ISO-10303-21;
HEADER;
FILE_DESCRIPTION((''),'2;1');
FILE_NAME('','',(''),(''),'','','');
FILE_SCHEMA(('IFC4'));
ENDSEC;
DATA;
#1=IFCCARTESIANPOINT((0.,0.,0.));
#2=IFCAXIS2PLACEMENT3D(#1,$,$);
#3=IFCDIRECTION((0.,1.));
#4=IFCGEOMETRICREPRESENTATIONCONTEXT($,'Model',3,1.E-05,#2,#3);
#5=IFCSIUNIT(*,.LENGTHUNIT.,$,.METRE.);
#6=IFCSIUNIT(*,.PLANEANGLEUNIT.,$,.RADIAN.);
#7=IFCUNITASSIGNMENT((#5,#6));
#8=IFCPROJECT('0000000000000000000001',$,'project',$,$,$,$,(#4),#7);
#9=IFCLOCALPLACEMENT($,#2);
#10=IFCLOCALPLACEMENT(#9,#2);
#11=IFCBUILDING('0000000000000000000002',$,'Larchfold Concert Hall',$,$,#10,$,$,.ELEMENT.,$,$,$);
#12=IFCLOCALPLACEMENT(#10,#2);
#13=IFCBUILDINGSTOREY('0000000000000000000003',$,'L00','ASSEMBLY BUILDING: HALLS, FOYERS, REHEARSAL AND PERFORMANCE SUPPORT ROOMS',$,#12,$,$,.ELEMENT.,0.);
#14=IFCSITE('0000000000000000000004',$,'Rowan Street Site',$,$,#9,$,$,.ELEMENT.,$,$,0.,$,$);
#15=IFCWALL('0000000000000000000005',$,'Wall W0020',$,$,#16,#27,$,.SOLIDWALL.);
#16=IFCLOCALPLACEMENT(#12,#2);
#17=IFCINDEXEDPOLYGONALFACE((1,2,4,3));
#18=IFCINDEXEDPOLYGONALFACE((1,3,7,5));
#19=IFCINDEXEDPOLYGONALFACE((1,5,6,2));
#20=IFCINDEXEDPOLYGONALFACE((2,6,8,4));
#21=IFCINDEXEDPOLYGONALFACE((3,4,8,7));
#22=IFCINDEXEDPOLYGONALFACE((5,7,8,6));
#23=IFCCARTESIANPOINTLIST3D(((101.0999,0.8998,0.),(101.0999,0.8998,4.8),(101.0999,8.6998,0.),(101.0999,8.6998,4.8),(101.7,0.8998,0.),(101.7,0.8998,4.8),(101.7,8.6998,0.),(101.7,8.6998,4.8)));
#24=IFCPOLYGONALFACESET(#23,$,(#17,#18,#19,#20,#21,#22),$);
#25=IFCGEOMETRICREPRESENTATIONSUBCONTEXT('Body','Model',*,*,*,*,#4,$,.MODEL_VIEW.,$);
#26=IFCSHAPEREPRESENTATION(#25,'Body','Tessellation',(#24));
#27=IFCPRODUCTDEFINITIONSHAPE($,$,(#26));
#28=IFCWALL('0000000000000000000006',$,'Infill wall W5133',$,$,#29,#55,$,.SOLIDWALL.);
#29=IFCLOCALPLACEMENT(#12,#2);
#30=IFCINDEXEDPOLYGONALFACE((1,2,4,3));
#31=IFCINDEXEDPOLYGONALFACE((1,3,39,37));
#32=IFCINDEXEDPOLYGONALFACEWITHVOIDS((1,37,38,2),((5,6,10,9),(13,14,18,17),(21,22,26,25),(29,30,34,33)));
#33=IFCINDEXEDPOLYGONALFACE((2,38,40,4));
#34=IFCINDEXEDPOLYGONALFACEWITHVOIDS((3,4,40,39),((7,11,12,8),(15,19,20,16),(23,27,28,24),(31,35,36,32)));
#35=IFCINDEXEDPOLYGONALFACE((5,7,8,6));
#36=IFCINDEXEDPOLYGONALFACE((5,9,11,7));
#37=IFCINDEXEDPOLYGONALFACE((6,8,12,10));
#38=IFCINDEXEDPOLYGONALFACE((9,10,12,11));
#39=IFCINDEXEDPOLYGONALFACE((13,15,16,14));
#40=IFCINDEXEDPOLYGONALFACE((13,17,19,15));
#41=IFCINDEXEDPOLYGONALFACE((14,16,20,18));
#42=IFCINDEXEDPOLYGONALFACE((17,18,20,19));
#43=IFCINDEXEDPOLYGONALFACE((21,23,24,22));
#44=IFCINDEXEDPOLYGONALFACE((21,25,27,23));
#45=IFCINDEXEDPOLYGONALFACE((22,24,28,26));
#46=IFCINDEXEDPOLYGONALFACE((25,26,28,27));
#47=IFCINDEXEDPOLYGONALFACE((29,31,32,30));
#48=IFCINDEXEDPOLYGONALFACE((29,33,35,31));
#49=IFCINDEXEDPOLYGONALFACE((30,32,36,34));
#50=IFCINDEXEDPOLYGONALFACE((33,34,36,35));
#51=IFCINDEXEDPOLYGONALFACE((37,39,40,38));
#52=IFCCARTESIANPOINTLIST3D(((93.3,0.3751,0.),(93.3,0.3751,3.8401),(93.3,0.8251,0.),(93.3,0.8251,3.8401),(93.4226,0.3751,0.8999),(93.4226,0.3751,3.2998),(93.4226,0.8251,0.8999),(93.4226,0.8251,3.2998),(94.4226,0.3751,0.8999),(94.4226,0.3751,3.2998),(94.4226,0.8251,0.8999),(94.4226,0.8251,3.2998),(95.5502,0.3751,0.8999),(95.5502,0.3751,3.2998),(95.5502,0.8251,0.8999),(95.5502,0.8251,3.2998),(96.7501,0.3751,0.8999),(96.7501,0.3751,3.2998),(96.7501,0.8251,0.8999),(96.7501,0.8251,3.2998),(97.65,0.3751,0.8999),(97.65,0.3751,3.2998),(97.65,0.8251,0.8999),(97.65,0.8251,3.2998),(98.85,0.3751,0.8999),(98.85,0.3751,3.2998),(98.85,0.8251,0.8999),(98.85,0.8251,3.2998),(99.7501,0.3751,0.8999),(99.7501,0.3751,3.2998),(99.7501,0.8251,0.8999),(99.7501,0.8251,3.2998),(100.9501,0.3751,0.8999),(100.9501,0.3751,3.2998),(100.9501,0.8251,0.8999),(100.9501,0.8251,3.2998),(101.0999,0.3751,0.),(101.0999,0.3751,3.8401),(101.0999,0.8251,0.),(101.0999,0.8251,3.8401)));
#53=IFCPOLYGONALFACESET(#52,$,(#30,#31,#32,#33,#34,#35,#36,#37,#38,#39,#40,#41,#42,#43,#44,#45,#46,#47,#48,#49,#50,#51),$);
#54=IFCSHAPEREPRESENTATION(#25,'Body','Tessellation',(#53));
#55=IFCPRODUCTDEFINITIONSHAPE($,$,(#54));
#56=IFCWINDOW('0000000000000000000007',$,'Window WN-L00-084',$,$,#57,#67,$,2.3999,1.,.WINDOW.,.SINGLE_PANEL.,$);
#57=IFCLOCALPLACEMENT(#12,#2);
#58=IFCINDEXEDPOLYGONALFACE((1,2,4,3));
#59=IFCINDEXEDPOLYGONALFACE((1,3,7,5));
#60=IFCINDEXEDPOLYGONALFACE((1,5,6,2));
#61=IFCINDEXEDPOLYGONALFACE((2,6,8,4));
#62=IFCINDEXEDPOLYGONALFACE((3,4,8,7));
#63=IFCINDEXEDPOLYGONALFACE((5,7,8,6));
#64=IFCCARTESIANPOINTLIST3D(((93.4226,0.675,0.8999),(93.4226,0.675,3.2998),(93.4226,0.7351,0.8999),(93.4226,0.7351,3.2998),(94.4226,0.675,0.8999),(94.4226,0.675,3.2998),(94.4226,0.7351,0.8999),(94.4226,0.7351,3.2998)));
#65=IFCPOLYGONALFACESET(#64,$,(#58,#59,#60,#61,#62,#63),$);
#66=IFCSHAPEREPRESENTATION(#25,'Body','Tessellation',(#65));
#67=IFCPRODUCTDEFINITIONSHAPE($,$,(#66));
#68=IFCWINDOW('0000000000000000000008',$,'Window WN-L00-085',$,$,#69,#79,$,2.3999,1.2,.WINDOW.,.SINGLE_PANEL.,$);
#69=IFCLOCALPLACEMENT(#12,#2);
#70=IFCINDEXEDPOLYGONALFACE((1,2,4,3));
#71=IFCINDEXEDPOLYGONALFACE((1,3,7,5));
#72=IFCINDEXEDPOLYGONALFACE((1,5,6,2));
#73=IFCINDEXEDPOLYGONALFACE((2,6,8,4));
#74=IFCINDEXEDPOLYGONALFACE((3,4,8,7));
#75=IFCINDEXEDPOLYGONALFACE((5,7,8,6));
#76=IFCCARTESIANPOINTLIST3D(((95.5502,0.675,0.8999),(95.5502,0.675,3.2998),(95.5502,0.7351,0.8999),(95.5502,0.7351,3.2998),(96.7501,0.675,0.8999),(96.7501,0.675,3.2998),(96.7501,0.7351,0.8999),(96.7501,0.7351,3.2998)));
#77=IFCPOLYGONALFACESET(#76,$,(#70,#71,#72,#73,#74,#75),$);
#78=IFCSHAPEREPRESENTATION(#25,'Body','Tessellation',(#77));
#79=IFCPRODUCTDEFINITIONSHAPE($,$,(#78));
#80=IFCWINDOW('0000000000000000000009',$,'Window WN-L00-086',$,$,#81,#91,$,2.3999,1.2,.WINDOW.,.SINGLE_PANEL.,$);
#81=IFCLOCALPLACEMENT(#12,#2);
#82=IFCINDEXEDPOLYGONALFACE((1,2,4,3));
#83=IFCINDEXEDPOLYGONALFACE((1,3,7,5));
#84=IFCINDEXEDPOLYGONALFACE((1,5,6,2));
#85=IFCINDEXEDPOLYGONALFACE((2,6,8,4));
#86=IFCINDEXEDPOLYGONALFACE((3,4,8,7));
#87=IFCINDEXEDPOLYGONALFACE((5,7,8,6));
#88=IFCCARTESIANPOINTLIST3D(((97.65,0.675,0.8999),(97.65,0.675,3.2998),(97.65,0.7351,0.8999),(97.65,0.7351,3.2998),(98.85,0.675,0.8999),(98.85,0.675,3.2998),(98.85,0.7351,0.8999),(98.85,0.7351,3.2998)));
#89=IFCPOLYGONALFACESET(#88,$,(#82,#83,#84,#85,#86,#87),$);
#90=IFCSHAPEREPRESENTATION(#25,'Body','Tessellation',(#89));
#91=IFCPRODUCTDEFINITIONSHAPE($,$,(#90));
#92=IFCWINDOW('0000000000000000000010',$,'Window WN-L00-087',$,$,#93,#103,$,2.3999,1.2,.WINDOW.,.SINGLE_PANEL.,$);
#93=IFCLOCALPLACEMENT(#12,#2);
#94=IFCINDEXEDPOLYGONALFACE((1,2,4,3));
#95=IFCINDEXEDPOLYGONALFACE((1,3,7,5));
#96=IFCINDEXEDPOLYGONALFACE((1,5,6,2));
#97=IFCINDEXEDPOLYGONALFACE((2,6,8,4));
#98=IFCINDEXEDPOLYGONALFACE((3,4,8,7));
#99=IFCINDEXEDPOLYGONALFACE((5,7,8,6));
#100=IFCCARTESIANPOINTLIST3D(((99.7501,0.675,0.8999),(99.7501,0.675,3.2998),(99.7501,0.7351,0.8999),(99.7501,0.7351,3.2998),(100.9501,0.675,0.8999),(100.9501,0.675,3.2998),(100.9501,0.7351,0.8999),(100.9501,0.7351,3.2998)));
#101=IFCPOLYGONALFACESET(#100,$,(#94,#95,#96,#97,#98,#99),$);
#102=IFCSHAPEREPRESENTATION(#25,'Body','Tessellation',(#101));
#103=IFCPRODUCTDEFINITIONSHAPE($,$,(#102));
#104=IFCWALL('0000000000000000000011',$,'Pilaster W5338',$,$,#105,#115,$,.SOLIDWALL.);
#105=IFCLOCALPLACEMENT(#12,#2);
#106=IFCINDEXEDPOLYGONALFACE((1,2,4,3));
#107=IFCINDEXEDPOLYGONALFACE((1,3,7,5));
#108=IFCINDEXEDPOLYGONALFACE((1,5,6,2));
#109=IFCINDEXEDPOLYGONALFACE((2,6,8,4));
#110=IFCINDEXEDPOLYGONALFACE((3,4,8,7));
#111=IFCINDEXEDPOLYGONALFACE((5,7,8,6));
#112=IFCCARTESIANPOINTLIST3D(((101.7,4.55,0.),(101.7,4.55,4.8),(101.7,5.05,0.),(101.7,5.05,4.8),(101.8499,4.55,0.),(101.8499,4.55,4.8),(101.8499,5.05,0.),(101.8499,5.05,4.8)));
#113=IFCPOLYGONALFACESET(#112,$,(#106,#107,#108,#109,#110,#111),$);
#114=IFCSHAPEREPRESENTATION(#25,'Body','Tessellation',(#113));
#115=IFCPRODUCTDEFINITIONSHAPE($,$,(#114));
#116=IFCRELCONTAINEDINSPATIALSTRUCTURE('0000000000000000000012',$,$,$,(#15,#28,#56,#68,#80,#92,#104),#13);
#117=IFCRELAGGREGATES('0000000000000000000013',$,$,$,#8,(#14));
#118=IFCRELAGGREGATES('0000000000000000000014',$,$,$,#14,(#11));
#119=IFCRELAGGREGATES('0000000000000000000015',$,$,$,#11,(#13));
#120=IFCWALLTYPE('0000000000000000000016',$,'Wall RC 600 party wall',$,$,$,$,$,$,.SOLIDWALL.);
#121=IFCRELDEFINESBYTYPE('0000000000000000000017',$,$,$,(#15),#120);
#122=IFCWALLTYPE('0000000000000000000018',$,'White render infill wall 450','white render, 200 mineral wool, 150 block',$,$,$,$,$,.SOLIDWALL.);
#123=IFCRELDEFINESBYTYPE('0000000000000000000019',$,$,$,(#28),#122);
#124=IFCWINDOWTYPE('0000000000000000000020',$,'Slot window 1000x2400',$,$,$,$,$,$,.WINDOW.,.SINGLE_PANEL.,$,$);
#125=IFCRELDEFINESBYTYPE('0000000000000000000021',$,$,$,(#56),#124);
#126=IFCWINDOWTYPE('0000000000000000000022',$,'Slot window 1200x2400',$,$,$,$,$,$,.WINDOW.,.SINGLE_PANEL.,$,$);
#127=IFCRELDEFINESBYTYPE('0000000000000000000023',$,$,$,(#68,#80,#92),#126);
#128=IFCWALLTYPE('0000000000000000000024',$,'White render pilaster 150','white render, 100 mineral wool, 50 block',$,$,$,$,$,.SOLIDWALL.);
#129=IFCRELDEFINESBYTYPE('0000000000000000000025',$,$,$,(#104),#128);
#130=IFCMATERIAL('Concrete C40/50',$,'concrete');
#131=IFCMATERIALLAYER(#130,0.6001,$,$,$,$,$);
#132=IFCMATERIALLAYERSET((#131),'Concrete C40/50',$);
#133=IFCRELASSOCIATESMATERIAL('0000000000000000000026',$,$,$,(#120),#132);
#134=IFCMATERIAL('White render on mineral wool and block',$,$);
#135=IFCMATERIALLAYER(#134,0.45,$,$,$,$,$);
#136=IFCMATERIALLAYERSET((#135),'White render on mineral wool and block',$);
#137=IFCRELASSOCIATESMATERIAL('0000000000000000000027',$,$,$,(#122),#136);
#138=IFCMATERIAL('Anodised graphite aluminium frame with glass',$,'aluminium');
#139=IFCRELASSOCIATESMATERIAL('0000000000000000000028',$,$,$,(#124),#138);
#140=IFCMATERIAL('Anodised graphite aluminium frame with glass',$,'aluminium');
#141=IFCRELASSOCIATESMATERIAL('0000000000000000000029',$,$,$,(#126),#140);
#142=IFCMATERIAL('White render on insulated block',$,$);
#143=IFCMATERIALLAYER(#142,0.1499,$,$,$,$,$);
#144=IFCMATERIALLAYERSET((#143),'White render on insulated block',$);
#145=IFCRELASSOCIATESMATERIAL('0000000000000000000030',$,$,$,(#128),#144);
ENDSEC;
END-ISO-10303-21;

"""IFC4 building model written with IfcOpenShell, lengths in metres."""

from ifc_helpers import new_model, si_unit, direction, frame, frame_2d, origin, place, context, subcontext, project, spatial, rectangle, extrude, material, layer, layer_set, type_object, element, fill, save


model = new_model("IFC4")

# Units and contexts
model_context = context("Model", 3, precision=1e-05, world=origin(), true_north=direction((0.0, 1.0)))
body_context = subcontext(model_context, "Body", "Model", "MODEL_VIEW")
ifc_project = project(units=[si_unit("LENGTHUNIT", "METRE"), si_unit("PLANEANGLEUNIT", "RADIAN")], contexts=[model_context])

# Site, building, storey
site_placement = place(None, origin())
site = spatial("IfcSite", under=ifc_project, at=site_placement, Name="Rowan Street Site", CompositionType="ELEMENT", RefElevation=0.0)
building_placement = place(site_placement, origin())
building = spatial("IfcBuilding", under=site, at=building_placement, Name="Larchfold Concert Hall", CompositionType="ELEMENT")
storey_placement = place(building_placement, origin())
storey = spatial("IfcBuildingStorey", under=building, at=storey_placement, Name="L00", Description="ASSEMBLY BUILDING: HALLS, FOYERS, REHEARSAL AND PERFORMANCE SUPPORT ROOMS", CompositionType="ELEMENT", Elevation=0.0)

# Wall
ifc_material_1 = material(Name="Concrete C40/50", Category="concrete")
ifc_layer_1 = layer(ifc_material_1, 0.6001)
ifc_layer_set_1 = layer_set([ifc_layer_1], Name="Concrete C40/50")
wall_type_1 = type_object("IfcWallType", Name="Wall RC 600 party wall", PredefinedType="SOLIDWALL", material=ifc_layer_set_1)
wall_1_placement = place(storey_placement, frame((101.3999, 0.8999, 0.0), z_axis=(0.0, 0.0, 1.0), x_axis=(0.0, 1.0, 0.0)))
element("IfcWall", 1, at=wall_1_placement, inside=storey, type_object=wall_type_1, Name="Wall W0020", PredefinedType="SOLIDWALL", context=body_context, shape_type="SweptSolid", body=[
    extrude(rectangle(XDim=7.8, YDim=0.6001, at=frame_2d((3.8999, 0.0))), origin(), (0.0, 0.0, 1.0), 4.8),
])

# Wall, openings, windows
ifc_material_2 = material(Name="White render on mineral wool and block")
ifc_layer_2 = layer(ifc_material_2, 0.45)
ifc_layer_set_2 = layer_set([ifc_layer_2], Name="White render on mineral wool and block")
wall_type_2 = type_object("IfcWallType", Name="White render infill wall 450", Description="white render, 200 mineral wool, 150 block", PredefinedType="SOLIDWALL", material=ifc_layer_set_2)
wall_2_placement = place(storey_placement, frame((93.3, 0.6001, 0.0), z_axis=(0.0, 0.0, 1.0), x_axis=(1.0, 0.0, 0.0)))
wall_2 = element("IfcWall", 2, at=wall_2_placement, inside=storey, type_object=wall_type_2, Name="Infill wall W5133", PredefinedType="SOLIDWALL", context=body_context, shape_type="SweptSolid", body=[
    extrude(rectangle(XDim=7.7998, YDim=0.45, at=frame_2d((3.8999, 0.0))), origin(), (0.0, 0.0, 1.0), 3.8401),
])
opening_1_placement = place(wall_2_placement, frame((0.1226, 0.0, 0.8999)))
opening_1 = element("IfcOpeningElement", 3, at=opening_1_placement, cuts=wall_2, PredefinedType="OPENING", context=body_context, shape_type="SweptSolid", body=[
    extrude(rectangle(XDim=1.0, YDim=2.3999, at=frame_2d((0.5, 1.2))), frame((0.0, 0.2349, 0.0), z_axis=(0.0, -1.0, 0.0), x_axis=(1.0, 0.0, 0.0)), (0.0, 0.0, 1.0), 0.47),
])
opening_2_placement = place(wall_2_placement, frame((2.25, 0.0, 0.8999)))
opening_2 = element("IfcOpeningElement", 4, at=opening_2_placement, cuts=wall_2, PredefinedType="OPENING", context=body_context, shape_type="SweptSolid", body=[
    extrude(rectangle(XDim=1.2, YDim=2.3999, at=frame_2d((0.6001, 1.2))), frame((0.0, 0.2349, 0.0), z_axis=(0.0, -1.0, 0.0), x_axis=(1.0, 0.0, 0.0)), (0.0, 0.0, 1.0), 0.47),
])
opening_3_placement = place(wall_2_placement, frame((4.3499, 0.0, 0.8999)))
opening_3 = element("IfcOpeningElement", 5, at=opening_3_placement, cuts=wall_2, PredefinedType="OPENING", context=body_context, shape_type="SweptSolid", body=[
    extrude(rectangle(XDim=1.2, YDim=2.3999, at=frame_2d((0.6001, 1.2))), frame((0.0, 0.2349, 0.0), z_axis=(0.0, -1.0, 0.0), x_axis=(1.0, 0.0, 0.0)), (0.0, 0.0, 1.0), 0.47),
])
opening_4_placement = place(wall_2_placement, frame((6.45, 0.0, 0.8999)))
opening_4 = element("IfcOpeningElement", 6, at=opening_4_placement, cuts=wall_2, PredefinedType="OPENING", context=body_context, shape_type="SweptSolid", body=[
    extrude(rectangle(XDim=1.2, YDim=2.3999, at=frame_2d((0.6001, 1.2))), frame((0.0, 0.2349, 0.0), z_axis=(0.0, -1.0, 0.0), x_axis=(1.0, 0.0, 0.0)), (0.0, 0.0, 1.0), 0.47),
])
ifc_material_3 = material(Name="Anodised graphite aluminium frame with glass", Category="aluminium")
window_type_1 = type_object("IfcWindowType", Name="Slot window 1000x2400", PartitioningType="SINGLE_PANEL", PredefinedType="WINDOW", material=ifc_material_3)
window_1_placement = place(opening_1_placement, origin())
window_1 = element("IfcWindow", 7, at=window_1_placement, inside=storey, type_object=window_type_1, Name="Window WN-L00-084", OverallHeight=2.3999, OverallWidth=1.0, PartitioningType="SINGLE_PANEL", PredefinedType="WINDOW", context=body_context, shape_type="SweptSolid", body=[
    extrude(rectangle(XDim=1.0, YDim=2.3999, at=frame_2d((0.5, 1.2))), frame((0.0, 0.135, 0.0), z_axis=(0.0, -1.0, 0.0), x_axis=(1.0, 0.0, 0.0)), (0.0, 0.0, 1.0), 0.0601),
])
fill(opening_1, window_1)
ifc_material_4 = material(Name="Anodised graphite aluminium frame with glass", Category="aluminium")
window_type_2 = type_object("IfcWindowType", Name="Slot window 1200x2400", PartitioningType="SINGLE_PANEL", PredefinedType="WINDOW", material=ifc_material_4)
window_2_placement = place(opening_2_placement, origin())
window_2 = element("IfcWindow", 8, at=window_2_placement, inside=storey, type_object=window_type_2, Name="Window WN-L00-085", OverallHeight=2.3999, OverallWidth=1.2, PartitioningType="SINGLE_PANEL", PredefinedType="WINDOW", context=body_context, shape_type="SweptSolid", body=[
    extrude(rectangle(XDim=1.2, YDim=2.3999, at=frame_2d((0.6001, 1.2))), frame((0.0, 0.135, 0.0), z_axis=(0.0, -1.0, 0.0), x_axis=(1.0, 0.0, 0.0)), (0.0, 0.0, 1.0), 0.0601),
])
fill(opening_2, window_2)
window_3_placement = place(opening_3_placement, origin())
window_3 = element("IfcWindow", 9, at=window_3_placement, inside=storey, type_object=window_type_2, Name="Window WN-L00-086", OverallHeight=2.3999, OverallWidth=1.2, PartitioningType="SINGLE_PANEL", PredefinedType="WINDOW", context=body_context, shape_type="SweptSolid", body=[
    extrude(rectangle(XDim=1.2, YDim=2.3999, at=frame_2d((0.6001, 1.2))), frame((0.0, 0.135, 0.0), z_axis=(0.0, -1.0, 0.0), x_axis=(1.0, 0.0, 0.0)), (0.0, 0.0, 1.0), 0.0601),
])
fill(opening_3, window_3)
window_4_placement = place(opening_4_placement, origin())
window_4 = element("IfcWindow", 10, at=window_4_placement, inside=storey, type_object=window_type_2, Name="Window WN-L00-087", OverallHeight=2.3999, OverallWidth=1.2, PartitioningType="SINGLE_PANEL", PredefinedType="WINDOW", context=body_context, shape_type="SweptSolid", body=[
    extrude(rectangle(XDim=1.2, YDim=2.3999, at=frame_2d((0.6001, 1.2))), frame((0.0, 0.135, 0.0), z_axis=(0.0, -1.0, 0.0), x_axis=(1.0, 0.0, 0.0)), (0.0, 0.0, 1.0), 0.0601),
])
fill(opening_4, window_4)

# Wall
ifc_material_5 = material(Name="White render on insulated block")
ifc_layer_3 = layer(ifc_material_5, 0.1499)
ifc_layer_set_3 = layer_set([ifc_layer_3], Name="White render on insulated block")
wall_type_3 = type_object("IfcWallType", Name="White render pilaster 150", Description="white render, 100 mineral wool, 50 block", PredefinedType="SOLIDWALL", material=ifc_layer_set_3)
wall_3_placement = place(storey_placement, frame((101.7749, 4.55, 0.0), z_axis=(0.0, 0.0, 1.0), x_axis=(0.0, 1.0, 0.0)))
element("IfcWall", 11, at=wall_3_placement, inside=storey, type_object=wall_type_3, Name="Pilaster W5338", PredefinedType="SOLIDWALL", context=body_context, shape_type="SweptSolid", body=[
    extrude(rectangle(XDim=0.5, YDim=0.1499, at=frame_2d((0.25, 0.0))), origin(), (0.0, 0.0, 1.0), 4.8),
])

save(model, "model.ifc")
